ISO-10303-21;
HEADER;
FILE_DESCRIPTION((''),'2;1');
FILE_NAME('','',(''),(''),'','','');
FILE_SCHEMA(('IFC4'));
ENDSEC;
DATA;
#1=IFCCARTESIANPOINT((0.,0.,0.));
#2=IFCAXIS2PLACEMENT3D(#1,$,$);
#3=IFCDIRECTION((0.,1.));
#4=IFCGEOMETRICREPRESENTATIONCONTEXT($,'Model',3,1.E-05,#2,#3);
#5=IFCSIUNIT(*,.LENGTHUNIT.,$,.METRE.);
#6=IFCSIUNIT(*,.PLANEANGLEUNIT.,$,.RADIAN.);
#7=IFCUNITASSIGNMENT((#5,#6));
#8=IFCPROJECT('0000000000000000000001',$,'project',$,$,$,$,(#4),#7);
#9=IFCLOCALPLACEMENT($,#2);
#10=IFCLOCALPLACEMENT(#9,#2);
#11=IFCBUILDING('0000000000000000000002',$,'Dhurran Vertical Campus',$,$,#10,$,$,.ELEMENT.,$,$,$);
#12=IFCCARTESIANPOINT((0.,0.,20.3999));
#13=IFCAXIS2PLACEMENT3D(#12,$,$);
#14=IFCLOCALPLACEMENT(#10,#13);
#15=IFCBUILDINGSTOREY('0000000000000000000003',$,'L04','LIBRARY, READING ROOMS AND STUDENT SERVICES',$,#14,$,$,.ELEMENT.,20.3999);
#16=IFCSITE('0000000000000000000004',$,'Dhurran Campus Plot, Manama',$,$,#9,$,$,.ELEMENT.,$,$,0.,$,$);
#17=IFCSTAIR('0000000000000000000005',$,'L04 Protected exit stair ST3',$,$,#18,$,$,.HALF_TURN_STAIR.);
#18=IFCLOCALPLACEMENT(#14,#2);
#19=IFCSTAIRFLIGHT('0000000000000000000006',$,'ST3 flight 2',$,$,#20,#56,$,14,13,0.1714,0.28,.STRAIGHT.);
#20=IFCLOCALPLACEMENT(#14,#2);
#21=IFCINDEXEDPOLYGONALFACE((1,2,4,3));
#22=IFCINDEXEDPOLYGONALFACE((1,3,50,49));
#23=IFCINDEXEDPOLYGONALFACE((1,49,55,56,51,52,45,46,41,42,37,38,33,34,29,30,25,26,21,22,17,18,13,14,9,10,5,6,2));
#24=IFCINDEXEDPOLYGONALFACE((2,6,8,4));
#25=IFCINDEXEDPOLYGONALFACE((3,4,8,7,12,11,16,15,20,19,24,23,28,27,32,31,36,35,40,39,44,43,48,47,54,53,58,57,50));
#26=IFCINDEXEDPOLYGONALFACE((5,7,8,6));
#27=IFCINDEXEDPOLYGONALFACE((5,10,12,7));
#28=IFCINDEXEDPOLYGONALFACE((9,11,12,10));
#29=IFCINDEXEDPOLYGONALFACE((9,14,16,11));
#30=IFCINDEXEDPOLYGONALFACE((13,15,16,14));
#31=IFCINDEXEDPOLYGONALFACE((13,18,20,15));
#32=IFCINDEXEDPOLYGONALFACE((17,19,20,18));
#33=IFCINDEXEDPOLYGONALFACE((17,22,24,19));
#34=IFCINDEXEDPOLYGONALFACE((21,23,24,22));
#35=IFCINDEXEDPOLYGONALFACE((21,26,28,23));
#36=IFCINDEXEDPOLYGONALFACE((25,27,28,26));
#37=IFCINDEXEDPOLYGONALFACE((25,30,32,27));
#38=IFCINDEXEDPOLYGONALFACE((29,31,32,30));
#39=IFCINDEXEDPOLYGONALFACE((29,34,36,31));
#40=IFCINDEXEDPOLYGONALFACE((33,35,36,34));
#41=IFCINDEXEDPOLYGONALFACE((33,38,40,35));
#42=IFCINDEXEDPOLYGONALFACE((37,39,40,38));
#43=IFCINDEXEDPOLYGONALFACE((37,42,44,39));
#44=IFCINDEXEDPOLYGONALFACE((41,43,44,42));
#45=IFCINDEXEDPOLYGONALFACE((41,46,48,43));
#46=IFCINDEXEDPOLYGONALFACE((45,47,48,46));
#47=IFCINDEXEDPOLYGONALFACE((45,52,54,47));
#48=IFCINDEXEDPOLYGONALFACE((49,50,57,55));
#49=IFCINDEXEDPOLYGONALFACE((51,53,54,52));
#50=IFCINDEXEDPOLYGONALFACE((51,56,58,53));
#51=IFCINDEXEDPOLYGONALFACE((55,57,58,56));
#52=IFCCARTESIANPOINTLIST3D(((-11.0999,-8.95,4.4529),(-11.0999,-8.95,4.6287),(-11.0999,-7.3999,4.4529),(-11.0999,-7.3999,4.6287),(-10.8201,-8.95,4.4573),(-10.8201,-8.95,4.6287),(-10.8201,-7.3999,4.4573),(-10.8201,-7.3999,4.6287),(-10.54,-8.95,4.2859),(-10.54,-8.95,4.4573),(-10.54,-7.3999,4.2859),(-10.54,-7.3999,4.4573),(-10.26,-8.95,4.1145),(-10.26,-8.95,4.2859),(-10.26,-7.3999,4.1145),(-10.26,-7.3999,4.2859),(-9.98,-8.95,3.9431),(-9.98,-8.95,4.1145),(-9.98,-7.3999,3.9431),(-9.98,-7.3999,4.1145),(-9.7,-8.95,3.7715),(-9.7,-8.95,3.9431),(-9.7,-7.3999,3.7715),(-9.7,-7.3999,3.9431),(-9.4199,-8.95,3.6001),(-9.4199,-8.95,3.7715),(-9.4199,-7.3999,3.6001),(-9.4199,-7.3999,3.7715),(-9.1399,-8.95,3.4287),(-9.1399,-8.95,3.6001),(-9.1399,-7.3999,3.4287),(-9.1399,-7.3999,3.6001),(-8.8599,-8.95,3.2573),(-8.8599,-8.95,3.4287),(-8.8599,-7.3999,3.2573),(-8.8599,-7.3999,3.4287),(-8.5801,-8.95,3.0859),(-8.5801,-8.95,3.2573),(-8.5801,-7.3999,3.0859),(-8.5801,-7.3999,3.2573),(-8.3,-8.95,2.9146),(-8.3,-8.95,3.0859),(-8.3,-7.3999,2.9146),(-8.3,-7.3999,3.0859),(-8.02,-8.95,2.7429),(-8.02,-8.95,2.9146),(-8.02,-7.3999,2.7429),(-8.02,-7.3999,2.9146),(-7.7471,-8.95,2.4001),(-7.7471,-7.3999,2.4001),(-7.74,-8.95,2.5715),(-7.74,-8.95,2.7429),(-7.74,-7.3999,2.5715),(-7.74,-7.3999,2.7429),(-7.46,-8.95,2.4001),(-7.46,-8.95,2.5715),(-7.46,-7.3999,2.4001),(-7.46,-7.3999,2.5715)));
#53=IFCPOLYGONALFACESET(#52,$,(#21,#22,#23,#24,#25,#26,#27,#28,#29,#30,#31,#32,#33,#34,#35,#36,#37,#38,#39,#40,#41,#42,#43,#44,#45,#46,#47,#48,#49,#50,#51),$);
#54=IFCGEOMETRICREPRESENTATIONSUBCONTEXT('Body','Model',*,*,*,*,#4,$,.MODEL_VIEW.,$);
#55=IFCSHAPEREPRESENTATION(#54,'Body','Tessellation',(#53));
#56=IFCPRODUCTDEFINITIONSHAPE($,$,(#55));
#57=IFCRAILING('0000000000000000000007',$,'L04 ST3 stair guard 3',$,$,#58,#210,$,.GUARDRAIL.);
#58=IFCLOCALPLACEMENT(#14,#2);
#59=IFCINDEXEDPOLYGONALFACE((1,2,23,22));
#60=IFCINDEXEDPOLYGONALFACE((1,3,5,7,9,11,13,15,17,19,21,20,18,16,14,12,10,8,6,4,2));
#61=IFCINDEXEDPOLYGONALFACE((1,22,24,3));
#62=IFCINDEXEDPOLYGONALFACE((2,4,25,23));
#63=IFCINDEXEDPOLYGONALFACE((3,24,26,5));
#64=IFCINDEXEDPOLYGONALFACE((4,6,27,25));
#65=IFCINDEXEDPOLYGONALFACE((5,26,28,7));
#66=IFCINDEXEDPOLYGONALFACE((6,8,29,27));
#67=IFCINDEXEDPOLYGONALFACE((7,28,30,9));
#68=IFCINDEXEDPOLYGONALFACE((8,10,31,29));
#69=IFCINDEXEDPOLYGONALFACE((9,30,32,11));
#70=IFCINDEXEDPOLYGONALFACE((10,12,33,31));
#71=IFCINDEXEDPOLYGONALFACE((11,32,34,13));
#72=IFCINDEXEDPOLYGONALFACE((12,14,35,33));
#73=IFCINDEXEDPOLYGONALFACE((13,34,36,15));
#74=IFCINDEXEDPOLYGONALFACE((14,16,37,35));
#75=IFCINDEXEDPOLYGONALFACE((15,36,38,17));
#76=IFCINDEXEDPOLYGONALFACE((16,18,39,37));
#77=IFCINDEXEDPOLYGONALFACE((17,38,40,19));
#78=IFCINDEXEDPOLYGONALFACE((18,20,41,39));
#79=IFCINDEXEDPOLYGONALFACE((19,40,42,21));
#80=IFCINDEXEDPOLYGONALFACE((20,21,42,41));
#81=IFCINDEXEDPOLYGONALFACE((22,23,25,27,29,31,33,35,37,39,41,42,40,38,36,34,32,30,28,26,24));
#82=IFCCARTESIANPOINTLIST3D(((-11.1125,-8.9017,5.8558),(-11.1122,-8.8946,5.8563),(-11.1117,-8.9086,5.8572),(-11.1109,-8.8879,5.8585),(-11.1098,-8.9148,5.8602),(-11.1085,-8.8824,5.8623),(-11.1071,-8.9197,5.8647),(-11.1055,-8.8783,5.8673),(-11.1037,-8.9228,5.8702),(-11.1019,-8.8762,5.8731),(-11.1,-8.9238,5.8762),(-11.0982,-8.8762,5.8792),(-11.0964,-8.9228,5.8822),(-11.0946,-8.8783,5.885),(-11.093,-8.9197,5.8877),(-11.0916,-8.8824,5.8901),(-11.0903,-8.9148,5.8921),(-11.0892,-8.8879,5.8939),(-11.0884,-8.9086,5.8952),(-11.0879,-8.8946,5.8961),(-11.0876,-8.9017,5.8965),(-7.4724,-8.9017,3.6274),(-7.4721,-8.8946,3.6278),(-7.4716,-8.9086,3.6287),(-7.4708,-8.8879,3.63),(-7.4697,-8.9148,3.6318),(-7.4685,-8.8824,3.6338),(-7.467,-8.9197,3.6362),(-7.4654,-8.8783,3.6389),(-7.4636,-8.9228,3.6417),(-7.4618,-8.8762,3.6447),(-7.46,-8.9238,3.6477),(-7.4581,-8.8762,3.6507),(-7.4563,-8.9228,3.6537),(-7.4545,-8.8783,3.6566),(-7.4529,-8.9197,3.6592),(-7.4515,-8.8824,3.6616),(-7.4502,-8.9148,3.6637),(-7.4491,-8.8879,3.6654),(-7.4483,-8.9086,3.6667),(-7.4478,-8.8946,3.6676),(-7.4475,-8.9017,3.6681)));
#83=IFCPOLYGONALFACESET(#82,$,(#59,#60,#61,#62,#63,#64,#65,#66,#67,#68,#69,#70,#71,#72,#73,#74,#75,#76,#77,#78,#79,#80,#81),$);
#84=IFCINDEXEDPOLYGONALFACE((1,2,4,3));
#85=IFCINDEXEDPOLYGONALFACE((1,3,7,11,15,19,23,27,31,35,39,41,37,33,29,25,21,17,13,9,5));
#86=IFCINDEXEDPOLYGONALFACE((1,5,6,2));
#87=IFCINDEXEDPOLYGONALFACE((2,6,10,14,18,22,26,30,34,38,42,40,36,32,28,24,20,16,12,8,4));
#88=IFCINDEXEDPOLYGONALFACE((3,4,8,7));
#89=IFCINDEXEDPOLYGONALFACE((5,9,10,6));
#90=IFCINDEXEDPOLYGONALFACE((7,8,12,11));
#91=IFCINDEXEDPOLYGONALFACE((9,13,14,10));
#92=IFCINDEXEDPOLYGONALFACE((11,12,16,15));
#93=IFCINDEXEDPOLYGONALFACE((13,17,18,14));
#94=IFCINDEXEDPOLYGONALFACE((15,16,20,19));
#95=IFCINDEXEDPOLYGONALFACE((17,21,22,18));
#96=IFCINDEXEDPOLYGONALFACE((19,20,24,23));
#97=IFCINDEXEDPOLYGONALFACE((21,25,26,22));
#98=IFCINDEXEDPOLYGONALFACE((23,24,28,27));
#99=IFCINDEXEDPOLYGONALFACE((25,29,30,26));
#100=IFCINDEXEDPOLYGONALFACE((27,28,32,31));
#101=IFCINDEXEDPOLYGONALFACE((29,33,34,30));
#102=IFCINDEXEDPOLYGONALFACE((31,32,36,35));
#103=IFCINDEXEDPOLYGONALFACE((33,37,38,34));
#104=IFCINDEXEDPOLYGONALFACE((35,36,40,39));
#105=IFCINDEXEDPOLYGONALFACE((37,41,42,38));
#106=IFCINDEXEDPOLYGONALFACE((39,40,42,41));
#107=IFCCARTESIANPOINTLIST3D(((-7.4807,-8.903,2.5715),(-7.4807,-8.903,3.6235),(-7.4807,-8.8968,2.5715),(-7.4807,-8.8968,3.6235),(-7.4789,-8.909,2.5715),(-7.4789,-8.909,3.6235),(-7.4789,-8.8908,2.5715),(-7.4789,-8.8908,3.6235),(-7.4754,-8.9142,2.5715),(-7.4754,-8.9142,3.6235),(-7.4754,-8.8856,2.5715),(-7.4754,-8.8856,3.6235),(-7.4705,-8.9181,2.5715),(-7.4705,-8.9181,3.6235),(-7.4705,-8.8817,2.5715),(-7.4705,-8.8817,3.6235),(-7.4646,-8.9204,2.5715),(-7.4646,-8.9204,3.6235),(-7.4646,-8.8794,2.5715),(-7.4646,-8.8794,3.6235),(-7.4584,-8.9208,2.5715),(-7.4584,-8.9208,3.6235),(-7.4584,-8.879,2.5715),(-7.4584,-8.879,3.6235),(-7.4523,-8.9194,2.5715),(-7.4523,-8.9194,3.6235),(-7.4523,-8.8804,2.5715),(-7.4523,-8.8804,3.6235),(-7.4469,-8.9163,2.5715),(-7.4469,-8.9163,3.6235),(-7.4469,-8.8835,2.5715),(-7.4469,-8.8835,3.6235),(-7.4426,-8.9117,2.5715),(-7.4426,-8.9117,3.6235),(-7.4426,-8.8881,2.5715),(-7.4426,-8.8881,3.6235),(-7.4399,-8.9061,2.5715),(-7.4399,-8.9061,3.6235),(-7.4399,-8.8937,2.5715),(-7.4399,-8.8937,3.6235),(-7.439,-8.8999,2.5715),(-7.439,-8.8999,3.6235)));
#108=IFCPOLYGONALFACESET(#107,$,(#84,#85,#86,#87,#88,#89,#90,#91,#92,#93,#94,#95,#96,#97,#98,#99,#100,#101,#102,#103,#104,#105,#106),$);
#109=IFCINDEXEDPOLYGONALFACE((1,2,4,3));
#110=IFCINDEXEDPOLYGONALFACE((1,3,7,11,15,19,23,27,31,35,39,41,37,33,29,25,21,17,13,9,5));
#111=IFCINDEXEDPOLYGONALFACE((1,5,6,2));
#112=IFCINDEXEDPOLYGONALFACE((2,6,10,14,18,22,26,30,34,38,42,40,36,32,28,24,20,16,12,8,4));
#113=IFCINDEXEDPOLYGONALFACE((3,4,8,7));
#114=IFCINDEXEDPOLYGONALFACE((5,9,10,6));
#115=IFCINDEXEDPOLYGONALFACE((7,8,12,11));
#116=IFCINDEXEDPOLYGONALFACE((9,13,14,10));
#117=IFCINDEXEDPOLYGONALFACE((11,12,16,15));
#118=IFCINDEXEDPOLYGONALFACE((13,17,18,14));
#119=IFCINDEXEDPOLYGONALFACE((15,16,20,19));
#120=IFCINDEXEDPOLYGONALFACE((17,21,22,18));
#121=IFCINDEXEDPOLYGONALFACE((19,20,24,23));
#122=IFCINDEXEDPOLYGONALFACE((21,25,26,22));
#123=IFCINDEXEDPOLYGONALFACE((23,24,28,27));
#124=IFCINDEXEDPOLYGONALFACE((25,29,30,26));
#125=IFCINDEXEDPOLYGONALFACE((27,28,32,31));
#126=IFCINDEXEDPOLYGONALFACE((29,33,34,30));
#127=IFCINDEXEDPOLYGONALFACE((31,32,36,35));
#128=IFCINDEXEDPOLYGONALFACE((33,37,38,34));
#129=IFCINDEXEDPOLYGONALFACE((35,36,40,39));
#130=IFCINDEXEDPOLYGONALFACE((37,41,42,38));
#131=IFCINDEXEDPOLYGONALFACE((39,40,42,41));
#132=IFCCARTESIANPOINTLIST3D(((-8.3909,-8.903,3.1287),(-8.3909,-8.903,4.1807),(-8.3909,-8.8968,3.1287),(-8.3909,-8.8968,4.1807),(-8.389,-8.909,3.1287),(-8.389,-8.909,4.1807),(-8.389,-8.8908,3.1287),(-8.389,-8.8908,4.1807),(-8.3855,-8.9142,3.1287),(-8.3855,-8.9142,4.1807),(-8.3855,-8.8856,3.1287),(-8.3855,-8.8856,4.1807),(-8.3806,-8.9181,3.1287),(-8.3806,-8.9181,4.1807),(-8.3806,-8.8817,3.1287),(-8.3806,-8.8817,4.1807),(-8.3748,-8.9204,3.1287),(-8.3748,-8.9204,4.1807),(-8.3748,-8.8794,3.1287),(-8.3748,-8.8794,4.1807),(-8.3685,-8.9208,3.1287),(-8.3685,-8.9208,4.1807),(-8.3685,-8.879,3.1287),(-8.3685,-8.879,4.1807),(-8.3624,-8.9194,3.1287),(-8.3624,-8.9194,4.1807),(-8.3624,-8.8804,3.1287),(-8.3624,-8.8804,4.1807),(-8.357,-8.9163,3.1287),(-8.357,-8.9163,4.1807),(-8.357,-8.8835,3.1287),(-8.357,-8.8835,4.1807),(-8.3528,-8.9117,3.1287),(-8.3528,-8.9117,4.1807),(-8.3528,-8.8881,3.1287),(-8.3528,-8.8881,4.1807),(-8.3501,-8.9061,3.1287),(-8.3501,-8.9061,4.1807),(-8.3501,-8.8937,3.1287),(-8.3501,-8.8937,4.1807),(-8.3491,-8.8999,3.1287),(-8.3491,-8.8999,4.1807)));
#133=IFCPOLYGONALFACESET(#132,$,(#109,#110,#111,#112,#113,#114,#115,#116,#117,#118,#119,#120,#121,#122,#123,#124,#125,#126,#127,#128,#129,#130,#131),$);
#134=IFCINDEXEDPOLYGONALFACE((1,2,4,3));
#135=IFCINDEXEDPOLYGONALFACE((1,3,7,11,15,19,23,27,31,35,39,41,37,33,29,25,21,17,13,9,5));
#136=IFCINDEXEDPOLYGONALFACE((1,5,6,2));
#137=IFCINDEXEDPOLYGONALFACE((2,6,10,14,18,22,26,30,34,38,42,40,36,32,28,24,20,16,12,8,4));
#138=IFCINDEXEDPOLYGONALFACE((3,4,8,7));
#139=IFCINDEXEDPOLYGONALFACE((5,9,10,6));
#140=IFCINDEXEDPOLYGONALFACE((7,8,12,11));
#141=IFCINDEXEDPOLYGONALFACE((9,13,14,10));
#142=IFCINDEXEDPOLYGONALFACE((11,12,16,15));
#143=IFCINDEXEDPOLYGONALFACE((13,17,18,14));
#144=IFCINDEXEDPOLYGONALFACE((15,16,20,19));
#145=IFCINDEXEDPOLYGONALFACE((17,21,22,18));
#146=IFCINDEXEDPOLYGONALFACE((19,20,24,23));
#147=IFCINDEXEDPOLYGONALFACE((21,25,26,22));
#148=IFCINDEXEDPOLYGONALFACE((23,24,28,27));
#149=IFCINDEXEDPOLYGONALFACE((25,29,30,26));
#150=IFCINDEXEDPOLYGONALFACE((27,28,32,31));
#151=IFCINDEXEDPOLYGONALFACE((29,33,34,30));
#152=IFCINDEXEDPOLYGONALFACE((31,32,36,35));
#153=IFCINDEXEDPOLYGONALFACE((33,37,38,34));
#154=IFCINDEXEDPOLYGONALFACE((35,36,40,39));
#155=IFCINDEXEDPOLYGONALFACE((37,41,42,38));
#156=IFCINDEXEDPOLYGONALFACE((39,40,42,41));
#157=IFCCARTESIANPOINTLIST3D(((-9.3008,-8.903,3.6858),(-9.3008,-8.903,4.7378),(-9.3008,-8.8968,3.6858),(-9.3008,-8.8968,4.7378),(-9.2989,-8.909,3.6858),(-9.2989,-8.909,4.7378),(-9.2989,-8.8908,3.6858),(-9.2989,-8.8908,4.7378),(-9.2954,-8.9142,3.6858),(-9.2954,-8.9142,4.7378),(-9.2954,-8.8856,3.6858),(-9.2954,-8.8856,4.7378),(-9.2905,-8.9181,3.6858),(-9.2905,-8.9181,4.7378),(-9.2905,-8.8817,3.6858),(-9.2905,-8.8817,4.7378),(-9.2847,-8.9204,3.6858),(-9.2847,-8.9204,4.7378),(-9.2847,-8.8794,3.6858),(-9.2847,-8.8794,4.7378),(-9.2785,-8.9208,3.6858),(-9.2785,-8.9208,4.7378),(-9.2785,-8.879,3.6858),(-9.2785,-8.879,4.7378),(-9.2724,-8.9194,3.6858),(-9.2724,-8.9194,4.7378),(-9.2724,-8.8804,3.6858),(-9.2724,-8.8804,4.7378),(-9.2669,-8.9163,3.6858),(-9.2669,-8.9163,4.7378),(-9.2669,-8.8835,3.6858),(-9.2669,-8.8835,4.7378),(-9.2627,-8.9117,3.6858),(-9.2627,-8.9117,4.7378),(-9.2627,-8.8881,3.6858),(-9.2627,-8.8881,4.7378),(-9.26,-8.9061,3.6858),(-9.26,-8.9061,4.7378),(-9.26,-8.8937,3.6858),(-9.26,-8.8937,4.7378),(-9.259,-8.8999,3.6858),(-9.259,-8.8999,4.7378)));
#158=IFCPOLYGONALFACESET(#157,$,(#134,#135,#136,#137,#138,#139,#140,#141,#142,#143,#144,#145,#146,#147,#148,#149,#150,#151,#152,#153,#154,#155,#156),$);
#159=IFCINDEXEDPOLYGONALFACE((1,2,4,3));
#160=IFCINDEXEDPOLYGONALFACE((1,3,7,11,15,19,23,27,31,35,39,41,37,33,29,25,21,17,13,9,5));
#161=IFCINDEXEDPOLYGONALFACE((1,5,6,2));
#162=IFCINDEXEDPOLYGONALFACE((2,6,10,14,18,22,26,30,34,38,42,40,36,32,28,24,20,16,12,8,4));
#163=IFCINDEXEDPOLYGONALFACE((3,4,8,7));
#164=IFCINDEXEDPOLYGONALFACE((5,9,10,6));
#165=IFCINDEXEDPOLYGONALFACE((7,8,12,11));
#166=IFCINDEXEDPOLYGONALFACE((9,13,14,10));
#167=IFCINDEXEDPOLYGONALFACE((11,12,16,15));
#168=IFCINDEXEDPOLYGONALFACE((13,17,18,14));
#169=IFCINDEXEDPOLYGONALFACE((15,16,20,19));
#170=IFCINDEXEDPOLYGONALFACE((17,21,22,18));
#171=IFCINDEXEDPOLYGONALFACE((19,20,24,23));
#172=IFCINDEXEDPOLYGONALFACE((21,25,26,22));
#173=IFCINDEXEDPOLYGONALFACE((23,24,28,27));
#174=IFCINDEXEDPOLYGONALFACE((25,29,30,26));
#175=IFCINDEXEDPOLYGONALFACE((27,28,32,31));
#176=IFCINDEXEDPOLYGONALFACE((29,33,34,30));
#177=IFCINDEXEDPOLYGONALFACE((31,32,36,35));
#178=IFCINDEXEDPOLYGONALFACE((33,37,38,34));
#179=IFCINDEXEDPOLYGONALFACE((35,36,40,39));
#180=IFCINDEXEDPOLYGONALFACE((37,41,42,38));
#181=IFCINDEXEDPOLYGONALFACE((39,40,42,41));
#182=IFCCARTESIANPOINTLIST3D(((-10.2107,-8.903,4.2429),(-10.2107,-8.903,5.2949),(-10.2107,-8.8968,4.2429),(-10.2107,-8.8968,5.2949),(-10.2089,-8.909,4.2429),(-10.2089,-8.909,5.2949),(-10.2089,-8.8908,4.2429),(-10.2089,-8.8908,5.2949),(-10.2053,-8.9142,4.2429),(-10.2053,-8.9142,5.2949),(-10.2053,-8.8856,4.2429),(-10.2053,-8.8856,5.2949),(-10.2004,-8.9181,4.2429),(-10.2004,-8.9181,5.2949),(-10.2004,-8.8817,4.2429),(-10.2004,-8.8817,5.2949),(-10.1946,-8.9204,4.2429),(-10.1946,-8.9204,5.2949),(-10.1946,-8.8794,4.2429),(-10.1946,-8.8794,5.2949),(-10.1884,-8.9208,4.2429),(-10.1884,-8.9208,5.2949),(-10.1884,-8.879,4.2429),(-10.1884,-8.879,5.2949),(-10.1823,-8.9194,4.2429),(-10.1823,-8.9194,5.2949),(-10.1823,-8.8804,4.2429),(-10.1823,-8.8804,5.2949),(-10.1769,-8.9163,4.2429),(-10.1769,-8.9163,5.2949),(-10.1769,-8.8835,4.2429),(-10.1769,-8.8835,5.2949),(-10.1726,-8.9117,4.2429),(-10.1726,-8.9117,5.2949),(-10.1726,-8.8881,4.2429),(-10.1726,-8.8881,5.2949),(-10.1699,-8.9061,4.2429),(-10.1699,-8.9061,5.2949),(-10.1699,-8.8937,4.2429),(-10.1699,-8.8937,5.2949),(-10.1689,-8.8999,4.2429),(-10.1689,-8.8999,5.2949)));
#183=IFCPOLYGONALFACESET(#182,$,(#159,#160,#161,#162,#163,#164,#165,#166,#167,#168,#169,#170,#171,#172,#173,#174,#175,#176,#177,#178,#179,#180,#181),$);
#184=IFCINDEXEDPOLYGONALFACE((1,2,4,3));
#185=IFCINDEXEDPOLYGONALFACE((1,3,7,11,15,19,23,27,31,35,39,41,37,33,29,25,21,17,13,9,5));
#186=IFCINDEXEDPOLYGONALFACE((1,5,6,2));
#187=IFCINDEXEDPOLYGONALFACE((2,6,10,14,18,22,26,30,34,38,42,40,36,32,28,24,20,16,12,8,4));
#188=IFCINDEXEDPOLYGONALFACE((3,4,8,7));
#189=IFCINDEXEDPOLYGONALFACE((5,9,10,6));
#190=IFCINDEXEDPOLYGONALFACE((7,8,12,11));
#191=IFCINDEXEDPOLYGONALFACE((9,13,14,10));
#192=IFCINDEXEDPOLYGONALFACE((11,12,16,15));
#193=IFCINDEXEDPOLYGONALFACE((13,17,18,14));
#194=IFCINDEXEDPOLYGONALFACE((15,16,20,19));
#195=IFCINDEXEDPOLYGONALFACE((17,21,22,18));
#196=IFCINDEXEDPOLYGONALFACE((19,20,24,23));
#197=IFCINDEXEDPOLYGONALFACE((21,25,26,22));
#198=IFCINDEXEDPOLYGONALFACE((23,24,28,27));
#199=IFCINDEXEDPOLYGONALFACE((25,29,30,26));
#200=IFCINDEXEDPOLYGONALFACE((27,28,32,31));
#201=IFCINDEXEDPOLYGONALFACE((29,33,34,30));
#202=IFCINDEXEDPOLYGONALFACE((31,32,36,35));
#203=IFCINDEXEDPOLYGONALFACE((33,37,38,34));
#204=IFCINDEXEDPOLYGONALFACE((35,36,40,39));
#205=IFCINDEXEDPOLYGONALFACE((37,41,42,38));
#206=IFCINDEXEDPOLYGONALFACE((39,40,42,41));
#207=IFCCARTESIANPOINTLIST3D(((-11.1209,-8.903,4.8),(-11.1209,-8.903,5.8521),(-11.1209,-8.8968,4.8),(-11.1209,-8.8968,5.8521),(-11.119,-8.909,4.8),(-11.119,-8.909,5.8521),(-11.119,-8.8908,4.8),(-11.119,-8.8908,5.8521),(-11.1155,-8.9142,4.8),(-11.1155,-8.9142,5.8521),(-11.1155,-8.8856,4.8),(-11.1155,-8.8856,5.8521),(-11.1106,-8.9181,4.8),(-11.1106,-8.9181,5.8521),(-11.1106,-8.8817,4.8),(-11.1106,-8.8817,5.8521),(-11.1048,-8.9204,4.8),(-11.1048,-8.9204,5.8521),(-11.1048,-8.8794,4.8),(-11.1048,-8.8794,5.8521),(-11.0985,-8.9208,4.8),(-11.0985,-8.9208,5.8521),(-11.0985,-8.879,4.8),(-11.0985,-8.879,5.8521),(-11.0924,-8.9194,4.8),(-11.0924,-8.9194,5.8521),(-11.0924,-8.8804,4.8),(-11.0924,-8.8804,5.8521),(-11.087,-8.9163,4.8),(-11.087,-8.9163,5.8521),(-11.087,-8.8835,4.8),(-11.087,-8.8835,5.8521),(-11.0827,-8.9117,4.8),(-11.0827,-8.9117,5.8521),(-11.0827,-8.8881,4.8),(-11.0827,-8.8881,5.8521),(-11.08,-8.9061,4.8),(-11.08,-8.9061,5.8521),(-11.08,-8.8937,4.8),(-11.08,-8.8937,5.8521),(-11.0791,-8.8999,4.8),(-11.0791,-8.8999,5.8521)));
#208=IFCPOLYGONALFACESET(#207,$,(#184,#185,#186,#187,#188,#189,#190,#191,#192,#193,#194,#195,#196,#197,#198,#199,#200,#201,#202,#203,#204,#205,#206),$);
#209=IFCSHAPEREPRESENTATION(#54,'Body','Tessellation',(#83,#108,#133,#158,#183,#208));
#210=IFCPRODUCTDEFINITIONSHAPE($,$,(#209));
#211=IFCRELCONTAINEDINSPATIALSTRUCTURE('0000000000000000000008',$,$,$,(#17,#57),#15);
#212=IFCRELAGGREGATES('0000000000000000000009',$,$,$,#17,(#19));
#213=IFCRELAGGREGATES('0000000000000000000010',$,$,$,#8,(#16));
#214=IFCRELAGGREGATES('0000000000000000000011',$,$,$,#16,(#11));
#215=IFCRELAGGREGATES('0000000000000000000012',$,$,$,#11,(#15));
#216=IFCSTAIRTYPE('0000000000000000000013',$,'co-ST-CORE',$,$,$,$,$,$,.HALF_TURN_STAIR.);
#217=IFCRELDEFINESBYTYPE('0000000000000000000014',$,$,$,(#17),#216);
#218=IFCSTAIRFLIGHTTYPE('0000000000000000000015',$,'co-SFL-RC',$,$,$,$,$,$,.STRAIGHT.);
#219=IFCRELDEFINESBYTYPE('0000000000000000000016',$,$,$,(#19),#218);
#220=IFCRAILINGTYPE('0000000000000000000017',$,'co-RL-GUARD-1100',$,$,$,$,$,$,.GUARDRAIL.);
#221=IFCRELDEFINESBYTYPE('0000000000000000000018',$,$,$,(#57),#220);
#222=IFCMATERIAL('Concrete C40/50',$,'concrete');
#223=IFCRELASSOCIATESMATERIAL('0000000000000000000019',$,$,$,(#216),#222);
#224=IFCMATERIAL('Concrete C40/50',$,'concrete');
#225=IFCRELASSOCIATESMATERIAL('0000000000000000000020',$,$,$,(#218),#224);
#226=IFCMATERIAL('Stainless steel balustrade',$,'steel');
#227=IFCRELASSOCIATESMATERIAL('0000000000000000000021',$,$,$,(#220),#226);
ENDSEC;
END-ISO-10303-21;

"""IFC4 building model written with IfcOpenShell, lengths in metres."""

from ifc_helpers import new_model, si_unit, direction, frame, origin, origin_2d, place, context, subcontext, project, spatial, polyline, circle, outline, extrude, material, type_object, element, aggregate, save


model = new_model("IFC4")

# Units and contexts
model_context = context("Model", 3, precision=1e-05, world=origin(), true_north=direction((0.0, 1.0)))
body_context = subcontext(model_context, "Body", "Model", "MODEL_VIEW")
ifc_project = project(units=[si_unit("LENGTHUNIT", "METRE"), si_unit("PLANEANGLEUNIT", "RADIAN")], contexts=[model_context])

# Site, building, storey
site_placement = place(None, origin())
site = spatial("IfcSite", under=ifc_project, at=site_placement, Name="Dhurran Campus Plot, Manama", CompositionType="ELEMENT", RefElevation=0.0)
building_placement = place(site_placement, origin())
building = spatial("IfcBuilding", under=site, at=building_placement, Name="Dhurran Vertical Campus", CompositionType="ELEMENT")
storey_placement = place(building_placement, frame((0.0, 0.0, 20.3999)))
storey = spatial("IfcBuildingStorey", under=building, at=storey_placement, Name="L04", Description="LIBRARY, READING ROOMS AND STUDENT SERVICES", CompositionType="ELEMENT", Elevation=20.3999)

# Stair, stair flight
ifc_material_1 = material(Name="Concrete C40/50", Category="concrete")
stair_type = type_object("IfcStairType", Name="co-ST-CORE", PredefinedType="HALF_TURN_STAIR", material=ifc_material_1)
stair_placement = place(storey_placement, origin())
stair = element("IfcStair", 1, at=stair_placement, inside=storey, type_object=stair_type, Name="L04 Protected exit stair ST3", PredefinedType="HALF_TURN_STAIR")
ifc_material_2 = material(Name="Concrete C40/50", Category="concrete")
stair_flight_type = type_object("IfcStairFlightType", Name="co-SFL-RC", PredefinedType="STRAIGHT", material=ifc_material_2)
stair_flight_placement = place(storey_placement, frame((-7.46, -8.175, 2.4001), z_axis=(0.0, 0.0, 1.0), x_axis=(-1.0, 0.0, 0.0)))
stair_flight = element("IfcStairFlight", 2, at=stair_flight_placement, type_object=stair_flight_type, Name="ST3 flight 2", NumberOfRisers=14, NumberOfTreads=13, PredefinedType="STRAIGHT", RiserHeight=0.1714, TreadLength=0.28, context=body_context, shape_type="SweptSolid", body=[
    extrude(outline(polyline([(0.0, 0.0), (0.0, 0.1714), (0.28, 0.1714), (0.28, 0.3428), (0.5601, 0.3428), (0.5601, 0.5144), (0.8401, 0.5144), (0.8401, 0.6858), (1.1201, 0.6858), (1.1201, 0.8572), (1.3999, 0.8572), (1.3999, 1.0286), (1.6799, 1.0286), (1.6799, 1.2), (1.96, 1.2), (1.96, 1.3713), (2.24, 1.3713), (2.24, 1.543), (2.52, 1.543), (2.52, 1.7144), (2.8, 1.7144), (2.8, 1.8857), (3.0801, 1.8857), (3.0801, 2.0571), (3.3601, 2.0571), (3.3601, 2.2285), (3.6399, 2.2285), (3.6399, 2.3999), (3.6399, 2.0527), (0.2871, 0.0), (0.0, 0.0)])), frame((0.0, 0.7749, 0.0), z_axis=(0.0, -1.0, 0.0), x_axis=(1.0, 0.0, 0.0)), (0.0, 0.0, 1.0), 1.55),
])
aggregate(stair, [stair_flight])

# Railing
ifc_material_3 = material(Name="Stainless steel balustrade", Category="steel")
railing_type = type_object("IfcRailingType", Name="co-RL-GUARD-1100", PredefinedType="GUARDRAIL", material=ifc_material_3)
railing_placement = place(storey_placement, frame((-7.46, -8.8999, 2.5715)))
element("IfcRailing", 3, at=railing_placement, inside=storey, type_object=railing_type, Name="L04 ST3 stair guard 3", PredefinedType="GUARDRAIL", context=body_context, shape_type="SweptSolid", body=[
    extrude(circle(Radius=0.0239, at=origin_2d()), frame((0.0, 0.0, 1.0762), z_axis=(-0.852866, 0.0, 0.52213), x_axis=(0.0, -1.0, 0.0)), (0.0, 0.0, 1.0), 4.2681),
    extrude(circle(Radius=0.021, at=origin_2d()), origin(), (0.0, 0.0, 1.0), 1.052),
    extrude(circle(Radius=0.021, at=origin_2d()), frame((-0.9102, 0.0, 0.5571)), (0.0, 0.0, 1.0), 1.052),
    extrude(circle(Radius=0.021, at=origin_2d()), frame((-1.8201, 0.0, 1.1143)), (0.0, 0.0, 1.0), 1.052),
    extrude(circle(Radius=0.021, at=origin_2d()), frame((-2.73, 0.0, 1.6714)), (0.0, 0.0, 1.0), 1.052),
    extrude(circle(Radius=0.021, at=origin_2d()), frame((-3.6401, 0.0, 2.2285)), (0.0, 0.0, 1.0), 1.052),
])

save(model, "model.ifc")
